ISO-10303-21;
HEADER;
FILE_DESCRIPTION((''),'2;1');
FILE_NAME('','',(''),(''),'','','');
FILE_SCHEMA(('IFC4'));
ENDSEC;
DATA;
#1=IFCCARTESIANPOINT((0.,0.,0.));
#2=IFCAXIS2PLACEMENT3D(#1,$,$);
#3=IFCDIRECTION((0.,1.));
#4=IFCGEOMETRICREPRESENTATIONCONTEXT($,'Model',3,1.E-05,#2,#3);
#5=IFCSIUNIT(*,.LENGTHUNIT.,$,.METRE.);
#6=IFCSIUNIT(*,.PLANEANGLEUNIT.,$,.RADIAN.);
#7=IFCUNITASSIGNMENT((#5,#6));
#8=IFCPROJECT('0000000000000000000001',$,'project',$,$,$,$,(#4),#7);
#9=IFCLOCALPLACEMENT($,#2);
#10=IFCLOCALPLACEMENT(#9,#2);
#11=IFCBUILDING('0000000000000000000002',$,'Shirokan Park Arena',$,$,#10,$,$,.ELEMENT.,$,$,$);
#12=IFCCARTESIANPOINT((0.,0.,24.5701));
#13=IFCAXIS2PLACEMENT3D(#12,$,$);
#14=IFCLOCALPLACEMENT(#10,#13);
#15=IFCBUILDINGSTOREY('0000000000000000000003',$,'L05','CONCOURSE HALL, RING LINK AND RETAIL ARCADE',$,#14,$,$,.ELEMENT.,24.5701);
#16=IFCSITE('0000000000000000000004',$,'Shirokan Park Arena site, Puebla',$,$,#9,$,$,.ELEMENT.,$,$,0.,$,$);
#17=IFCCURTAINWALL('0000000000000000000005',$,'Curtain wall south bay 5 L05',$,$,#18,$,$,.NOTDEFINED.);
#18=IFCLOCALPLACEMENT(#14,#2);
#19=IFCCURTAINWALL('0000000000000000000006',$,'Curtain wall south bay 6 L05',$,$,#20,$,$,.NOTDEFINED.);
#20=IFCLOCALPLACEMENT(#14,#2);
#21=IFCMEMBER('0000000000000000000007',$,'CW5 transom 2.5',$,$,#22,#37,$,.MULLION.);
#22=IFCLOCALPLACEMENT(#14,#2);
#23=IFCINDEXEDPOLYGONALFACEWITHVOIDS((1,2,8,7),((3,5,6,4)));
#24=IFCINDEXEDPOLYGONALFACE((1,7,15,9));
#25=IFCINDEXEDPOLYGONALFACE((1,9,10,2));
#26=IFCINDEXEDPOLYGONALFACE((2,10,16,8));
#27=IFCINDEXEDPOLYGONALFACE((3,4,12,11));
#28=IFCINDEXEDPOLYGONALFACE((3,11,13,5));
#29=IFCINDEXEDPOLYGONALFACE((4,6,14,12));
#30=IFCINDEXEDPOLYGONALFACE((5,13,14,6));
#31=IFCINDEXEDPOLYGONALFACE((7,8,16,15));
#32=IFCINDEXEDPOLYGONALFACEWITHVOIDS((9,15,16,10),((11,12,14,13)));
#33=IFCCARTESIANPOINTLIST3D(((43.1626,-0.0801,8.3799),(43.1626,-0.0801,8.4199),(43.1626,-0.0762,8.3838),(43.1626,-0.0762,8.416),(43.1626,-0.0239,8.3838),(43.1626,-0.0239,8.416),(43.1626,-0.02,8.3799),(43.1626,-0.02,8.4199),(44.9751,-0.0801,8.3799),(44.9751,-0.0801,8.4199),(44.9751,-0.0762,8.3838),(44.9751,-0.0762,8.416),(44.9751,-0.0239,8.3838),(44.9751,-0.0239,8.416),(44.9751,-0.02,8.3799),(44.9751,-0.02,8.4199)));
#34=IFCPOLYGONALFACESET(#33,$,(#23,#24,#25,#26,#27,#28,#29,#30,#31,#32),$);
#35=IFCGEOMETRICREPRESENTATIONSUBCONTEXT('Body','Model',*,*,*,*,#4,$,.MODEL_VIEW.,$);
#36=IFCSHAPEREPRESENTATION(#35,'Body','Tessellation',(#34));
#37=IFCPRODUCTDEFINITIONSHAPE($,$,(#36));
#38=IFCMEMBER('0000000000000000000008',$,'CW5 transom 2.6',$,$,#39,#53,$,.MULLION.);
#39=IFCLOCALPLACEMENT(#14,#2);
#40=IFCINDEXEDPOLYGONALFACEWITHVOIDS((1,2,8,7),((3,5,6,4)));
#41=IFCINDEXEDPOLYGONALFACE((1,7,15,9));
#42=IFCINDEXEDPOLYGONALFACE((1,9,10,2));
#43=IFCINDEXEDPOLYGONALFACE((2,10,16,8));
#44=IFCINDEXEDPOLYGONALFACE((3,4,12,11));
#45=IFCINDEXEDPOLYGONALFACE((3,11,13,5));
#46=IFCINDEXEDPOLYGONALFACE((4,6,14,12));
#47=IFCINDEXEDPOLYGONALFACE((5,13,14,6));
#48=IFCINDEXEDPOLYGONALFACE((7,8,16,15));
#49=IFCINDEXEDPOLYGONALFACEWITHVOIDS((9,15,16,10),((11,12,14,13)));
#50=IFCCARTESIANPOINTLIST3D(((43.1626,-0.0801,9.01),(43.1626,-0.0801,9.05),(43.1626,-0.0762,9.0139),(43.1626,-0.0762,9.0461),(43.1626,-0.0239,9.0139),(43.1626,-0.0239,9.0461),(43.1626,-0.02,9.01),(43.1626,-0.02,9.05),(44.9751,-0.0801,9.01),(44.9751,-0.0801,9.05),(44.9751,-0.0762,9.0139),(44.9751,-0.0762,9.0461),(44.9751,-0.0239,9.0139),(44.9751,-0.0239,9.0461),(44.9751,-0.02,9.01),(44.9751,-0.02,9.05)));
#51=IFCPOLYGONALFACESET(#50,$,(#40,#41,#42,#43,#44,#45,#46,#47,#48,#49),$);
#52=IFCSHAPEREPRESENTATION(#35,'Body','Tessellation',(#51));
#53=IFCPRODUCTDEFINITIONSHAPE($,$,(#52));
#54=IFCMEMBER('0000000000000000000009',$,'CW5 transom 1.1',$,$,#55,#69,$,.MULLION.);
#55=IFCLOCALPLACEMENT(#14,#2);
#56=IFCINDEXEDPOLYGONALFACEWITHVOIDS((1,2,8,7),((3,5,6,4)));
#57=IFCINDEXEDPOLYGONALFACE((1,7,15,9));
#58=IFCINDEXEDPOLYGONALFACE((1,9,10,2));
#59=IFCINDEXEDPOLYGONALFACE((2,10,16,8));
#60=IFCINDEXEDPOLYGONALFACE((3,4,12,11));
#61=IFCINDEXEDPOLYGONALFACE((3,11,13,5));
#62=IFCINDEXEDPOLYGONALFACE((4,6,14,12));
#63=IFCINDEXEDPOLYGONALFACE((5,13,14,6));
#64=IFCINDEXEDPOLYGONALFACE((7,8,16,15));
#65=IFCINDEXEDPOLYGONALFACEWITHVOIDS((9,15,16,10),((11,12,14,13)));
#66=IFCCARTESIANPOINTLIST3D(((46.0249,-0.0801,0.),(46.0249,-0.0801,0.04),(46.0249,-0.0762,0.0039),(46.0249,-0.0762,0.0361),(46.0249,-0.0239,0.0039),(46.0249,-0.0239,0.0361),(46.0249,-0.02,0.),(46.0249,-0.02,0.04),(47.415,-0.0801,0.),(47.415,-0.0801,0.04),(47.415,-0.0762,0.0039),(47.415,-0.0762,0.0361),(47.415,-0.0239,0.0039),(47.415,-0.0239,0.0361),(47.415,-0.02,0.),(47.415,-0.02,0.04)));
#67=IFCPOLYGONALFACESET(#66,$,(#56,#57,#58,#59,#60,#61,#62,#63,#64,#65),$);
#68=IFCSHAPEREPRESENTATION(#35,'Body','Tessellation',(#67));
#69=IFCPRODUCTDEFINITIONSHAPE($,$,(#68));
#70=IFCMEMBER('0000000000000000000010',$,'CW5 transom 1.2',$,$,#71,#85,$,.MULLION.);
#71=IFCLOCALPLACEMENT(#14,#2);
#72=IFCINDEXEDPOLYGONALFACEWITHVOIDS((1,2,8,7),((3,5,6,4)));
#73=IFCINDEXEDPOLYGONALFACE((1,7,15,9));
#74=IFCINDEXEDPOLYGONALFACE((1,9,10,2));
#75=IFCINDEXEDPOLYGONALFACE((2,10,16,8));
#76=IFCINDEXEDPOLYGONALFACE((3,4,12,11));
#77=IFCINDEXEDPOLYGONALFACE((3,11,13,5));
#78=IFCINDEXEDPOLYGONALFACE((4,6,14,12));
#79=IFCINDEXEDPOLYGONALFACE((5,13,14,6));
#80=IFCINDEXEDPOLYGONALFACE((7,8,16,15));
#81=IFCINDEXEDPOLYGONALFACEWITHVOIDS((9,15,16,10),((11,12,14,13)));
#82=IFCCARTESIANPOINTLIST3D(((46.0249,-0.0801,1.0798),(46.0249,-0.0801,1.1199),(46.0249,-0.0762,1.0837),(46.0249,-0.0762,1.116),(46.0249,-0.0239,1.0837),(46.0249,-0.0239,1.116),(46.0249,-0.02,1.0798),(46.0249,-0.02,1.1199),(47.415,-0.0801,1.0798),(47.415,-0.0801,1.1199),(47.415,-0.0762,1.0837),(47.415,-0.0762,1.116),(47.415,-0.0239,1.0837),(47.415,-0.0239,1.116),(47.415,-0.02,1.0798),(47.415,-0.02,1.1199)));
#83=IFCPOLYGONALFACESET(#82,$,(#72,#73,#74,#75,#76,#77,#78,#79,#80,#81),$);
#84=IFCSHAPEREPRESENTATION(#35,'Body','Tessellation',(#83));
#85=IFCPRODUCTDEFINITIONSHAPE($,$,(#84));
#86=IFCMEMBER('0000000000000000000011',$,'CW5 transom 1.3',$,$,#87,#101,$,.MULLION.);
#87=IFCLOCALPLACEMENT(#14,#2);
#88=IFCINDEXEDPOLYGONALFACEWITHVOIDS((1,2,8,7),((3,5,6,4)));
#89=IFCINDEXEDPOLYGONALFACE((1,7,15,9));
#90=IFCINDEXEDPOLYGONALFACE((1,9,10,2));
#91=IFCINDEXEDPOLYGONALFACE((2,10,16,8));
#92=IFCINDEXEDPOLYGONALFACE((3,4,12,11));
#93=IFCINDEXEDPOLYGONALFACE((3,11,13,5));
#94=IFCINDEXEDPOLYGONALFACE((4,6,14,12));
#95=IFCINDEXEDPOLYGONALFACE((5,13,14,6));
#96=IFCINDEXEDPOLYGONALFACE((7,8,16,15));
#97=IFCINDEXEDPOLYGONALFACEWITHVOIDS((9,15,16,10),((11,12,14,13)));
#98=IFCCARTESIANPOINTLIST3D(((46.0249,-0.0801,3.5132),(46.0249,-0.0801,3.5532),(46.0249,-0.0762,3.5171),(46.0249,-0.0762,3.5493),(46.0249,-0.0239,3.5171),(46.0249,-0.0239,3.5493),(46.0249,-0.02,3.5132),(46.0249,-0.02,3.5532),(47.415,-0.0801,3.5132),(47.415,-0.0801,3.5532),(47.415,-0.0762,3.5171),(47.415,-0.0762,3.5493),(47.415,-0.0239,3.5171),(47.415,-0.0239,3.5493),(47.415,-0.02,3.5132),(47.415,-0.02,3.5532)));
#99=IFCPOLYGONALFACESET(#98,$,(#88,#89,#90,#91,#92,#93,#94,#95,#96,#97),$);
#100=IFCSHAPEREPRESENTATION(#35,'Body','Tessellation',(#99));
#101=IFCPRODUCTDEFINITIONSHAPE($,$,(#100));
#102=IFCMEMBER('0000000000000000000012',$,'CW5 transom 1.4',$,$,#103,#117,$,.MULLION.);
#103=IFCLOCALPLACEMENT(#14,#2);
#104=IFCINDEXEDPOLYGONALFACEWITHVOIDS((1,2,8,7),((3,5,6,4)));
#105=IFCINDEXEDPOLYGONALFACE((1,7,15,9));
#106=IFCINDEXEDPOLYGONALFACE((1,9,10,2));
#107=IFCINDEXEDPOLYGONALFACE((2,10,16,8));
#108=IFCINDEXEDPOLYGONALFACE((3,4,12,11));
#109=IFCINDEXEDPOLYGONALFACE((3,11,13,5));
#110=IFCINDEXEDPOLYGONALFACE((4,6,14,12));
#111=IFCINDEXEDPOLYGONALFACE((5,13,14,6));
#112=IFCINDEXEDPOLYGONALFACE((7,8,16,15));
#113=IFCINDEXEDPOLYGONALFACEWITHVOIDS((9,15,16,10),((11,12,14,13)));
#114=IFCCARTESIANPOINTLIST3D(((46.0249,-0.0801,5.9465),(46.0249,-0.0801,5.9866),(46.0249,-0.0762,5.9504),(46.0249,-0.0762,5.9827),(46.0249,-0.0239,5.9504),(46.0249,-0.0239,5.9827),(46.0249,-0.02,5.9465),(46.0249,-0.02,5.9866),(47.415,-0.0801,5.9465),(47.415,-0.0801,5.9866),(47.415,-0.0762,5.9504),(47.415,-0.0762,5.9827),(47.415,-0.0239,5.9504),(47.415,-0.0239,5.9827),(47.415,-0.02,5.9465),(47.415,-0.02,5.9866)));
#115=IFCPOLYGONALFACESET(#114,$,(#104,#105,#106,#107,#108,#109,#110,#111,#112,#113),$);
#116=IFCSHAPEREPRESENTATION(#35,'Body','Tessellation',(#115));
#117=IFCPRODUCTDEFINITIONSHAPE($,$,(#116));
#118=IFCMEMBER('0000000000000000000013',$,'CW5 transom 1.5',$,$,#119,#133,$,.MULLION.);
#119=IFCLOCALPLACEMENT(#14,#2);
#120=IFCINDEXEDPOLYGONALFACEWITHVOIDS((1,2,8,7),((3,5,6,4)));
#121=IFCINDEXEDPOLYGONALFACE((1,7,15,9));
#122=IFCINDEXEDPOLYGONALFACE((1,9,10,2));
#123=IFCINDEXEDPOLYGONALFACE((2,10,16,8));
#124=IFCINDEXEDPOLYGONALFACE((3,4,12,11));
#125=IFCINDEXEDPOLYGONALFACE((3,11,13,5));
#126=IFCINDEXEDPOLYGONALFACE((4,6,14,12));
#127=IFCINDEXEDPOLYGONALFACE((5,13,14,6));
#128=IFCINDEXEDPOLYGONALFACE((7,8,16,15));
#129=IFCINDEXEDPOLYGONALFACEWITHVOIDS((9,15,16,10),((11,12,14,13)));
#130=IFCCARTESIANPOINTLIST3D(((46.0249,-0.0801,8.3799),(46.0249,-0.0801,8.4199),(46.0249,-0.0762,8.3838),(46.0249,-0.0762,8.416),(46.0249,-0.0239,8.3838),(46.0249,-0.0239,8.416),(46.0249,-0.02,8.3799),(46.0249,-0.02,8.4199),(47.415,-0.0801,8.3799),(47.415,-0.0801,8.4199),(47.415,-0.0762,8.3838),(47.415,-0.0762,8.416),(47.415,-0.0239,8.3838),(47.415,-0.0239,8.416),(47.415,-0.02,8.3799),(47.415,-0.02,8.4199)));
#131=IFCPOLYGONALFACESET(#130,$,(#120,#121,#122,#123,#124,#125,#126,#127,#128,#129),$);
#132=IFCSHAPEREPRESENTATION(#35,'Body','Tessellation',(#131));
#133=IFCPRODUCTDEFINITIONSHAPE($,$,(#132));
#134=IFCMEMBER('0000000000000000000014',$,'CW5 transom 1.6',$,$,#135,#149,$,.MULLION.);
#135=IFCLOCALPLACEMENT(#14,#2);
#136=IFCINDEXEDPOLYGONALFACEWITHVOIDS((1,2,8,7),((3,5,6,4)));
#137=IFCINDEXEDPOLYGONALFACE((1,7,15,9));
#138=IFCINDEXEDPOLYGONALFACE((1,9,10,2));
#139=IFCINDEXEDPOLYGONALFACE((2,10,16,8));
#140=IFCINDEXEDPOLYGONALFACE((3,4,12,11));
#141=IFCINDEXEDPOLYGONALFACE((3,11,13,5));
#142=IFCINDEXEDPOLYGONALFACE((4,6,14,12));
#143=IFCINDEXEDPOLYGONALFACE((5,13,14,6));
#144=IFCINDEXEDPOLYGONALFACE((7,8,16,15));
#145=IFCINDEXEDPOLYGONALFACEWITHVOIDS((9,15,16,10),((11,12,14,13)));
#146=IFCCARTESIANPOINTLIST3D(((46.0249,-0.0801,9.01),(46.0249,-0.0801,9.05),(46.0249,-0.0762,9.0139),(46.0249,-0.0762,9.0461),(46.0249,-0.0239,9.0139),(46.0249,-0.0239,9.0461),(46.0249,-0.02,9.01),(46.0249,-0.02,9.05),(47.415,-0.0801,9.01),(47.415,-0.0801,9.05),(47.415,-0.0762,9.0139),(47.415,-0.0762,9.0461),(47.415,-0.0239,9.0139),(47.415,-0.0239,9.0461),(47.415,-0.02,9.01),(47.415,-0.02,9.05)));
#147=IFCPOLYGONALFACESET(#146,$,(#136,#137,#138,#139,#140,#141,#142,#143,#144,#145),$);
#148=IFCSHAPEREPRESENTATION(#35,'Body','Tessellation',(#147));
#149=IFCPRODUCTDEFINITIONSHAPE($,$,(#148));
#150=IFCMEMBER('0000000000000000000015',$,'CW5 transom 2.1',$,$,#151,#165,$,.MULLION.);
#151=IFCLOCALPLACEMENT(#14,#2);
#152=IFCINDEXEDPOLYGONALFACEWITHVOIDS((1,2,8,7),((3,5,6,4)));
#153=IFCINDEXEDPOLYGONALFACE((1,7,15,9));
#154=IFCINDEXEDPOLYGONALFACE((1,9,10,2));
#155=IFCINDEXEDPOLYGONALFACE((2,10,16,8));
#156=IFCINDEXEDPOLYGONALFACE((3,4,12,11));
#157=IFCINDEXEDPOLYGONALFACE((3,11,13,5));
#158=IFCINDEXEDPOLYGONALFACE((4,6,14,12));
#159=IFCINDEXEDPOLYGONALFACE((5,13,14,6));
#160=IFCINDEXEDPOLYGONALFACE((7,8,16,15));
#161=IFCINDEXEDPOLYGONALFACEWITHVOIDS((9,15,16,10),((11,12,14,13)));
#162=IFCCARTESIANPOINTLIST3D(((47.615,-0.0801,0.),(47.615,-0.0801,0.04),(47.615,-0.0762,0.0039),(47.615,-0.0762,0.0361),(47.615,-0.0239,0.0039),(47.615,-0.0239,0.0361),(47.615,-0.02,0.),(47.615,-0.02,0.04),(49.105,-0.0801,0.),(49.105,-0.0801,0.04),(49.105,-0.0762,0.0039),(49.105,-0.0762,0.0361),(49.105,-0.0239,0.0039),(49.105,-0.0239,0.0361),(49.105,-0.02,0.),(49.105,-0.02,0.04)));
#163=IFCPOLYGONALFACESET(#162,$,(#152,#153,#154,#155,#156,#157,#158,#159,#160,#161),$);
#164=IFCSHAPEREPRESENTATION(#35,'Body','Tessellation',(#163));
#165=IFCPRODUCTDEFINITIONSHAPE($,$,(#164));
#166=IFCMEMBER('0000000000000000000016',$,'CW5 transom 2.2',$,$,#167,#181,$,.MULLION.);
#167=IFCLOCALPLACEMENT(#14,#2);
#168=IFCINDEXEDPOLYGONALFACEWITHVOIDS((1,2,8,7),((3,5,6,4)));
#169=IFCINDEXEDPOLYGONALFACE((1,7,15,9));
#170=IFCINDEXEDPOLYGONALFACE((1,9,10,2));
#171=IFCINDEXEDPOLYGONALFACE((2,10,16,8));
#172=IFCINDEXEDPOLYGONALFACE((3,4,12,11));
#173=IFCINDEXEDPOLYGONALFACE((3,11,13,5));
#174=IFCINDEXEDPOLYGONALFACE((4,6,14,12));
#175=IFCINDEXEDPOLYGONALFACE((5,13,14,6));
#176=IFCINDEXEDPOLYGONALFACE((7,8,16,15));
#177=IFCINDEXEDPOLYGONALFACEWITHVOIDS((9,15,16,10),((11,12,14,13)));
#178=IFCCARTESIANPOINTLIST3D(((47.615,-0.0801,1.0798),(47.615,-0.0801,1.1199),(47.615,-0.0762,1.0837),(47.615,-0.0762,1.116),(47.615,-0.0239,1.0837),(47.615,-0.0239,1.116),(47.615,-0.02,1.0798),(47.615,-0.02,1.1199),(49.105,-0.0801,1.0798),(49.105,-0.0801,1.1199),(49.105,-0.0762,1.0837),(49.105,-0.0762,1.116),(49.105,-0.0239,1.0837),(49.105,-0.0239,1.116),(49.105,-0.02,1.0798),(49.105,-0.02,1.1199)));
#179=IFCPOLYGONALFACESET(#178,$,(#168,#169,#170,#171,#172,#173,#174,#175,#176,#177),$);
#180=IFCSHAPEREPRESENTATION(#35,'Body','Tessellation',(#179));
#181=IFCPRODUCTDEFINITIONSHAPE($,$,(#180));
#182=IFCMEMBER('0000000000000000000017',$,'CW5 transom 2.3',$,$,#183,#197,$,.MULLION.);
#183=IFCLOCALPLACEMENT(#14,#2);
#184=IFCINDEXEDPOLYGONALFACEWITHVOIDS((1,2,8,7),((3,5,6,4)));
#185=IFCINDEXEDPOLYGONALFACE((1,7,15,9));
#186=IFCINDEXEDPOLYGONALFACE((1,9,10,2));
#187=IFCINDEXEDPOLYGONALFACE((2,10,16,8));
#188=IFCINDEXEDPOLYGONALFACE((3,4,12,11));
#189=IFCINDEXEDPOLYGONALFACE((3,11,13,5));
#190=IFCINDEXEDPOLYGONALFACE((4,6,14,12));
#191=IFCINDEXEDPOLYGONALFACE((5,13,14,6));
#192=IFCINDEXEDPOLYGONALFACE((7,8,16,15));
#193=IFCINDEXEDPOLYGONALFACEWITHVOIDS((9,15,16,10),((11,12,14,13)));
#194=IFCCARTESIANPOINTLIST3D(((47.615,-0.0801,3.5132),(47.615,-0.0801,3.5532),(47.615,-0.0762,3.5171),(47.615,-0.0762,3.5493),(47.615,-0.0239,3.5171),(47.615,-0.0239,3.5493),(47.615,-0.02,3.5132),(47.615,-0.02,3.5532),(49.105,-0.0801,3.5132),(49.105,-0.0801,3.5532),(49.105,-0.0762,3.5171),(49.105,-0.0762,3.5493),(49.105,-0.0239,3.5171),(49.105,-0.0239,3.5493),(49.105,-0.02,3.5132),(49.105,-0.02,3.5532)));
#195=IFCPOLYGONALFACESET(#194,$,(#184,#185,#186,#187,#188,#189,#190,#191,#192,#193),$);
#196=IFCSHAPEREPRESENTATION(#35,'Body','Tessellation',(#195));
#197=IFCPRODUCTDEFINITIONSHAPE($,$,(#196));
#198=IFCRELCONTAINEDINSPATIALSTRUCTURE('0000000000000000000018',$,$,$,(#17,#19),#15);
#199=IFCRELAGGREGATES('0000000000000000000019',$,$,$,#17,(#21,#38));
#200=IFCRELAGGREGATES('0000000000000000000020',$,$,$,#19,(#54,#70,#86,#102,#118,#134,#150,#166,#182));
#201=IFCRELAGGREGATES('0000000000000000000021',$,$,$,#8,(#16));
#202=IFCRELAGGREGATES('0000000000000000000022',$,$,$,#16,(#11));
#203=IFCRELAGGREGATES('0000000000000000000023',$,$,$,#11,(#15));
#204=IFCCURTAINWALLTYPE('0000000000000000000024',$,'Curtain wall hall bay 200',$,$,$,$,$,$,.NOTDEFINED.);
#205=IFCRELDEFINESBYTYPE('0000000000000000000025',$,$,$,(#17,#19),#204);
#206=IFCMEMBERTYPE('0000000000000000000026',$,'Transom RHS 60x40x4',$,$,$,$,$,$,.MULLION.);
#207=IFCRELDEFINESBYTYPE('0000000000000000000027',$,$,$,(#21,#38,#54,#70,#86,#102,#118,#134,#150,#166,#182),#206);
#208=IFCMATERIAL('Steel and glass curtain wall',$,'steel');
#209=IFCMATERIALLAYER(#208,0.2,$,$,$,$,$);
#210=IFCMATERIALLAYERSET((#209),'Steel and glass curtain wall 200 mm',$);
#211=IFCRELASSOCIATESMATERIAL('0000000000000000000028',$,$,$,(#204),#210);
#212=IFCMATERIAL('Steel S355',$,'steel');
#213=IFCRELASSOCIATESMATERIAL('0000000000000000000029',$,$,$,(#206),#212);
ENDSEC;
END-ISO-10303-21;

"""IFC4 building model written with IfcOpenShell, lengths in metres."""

from ifc_helpers import new_model, si_unit, direction, frame, origin, origin_2d, place, context, subcontext, project, spatial, hollow_rectangle, extrude, material, layer, layer_set, material_profile, profile_set, type_object, element, aggregate, save


model = new_model("IFC4")

# Units and contexts
model_context = context("Model", 3, precision=1e-05, world=origin(), true_north=direction((0.0, 1.0)))
body_context = subcontext(model_context, "Body", "Model", "MODEL_VIEW")
ifc_project = project(units=[si_unit("LENGTHUNIT", "METRE"), si_unit("PLANEANGLEUNIT", "RADIAN")], contexts=[model_context])

# Site, building, storey
site_placement = place(None, origin())
site = spatial("IfcSite", under=ifc_project, at=site_placement, Name="Shirokan Park Arena site, Puebla", CompositionType="ELEMENT", RefElevation=0.0)
building_placement = place(site_placement, origin())
building = spatial("IfcBuilding", under=site, at=building_placement, Name="Shirokan Park Arena", CompositionType="ELEMENT")
storey_placement = place(building_placement, frame((0.0, 0.0, 24.5701)))
storey = spatial("IfcBuildingStorey", under=building, at=storey_placement, Name="L05", Description="CONCOURSE HALL, RING LINK AND RETAIL ARCADE", CompositionType="ELEMENT", Elevation=24.5701)

# Curtain walls
ifc_material_1 = material(Name="Steel and glass curtain wall", Category="steel")
ifc_layer_1 = layer(ifc_material_1, 0.2)
ifc_layer_set_1 = layer_set([ifc_layer_1], Name="Steel and glass curtain wall 200 mm")
curtain_wall_type = type_object("IfcCurtainWallType", Name="Curtain wall hall bay 200", PredefinedType="NOTDEFINED", material=ifc_layer_set_1)
curtain_wall_1_placement = place(storey_placement, origin())
curtain_wall_1 = element("IfcCurtainWall", 1, at=curtain_wall_1_placement, inside=storey, type_object=curtain_wall_type, Name="Curtain wall south bay 5 L05", PredefinedType="NOTDEFINED")
ifc_material_2 = material(Name="Steel S355", Category="steel")
curtain_wall_2_placement = place(storey_placement, origin())
curtain_wall_2 = element("IfcCurtainWall", 2, at=curtain_wall_2_placement, inside=storey, type_object=curtain_wall_type, Name="Curtain wall south bay 6 L05", PredefinedType="NOTDEFINED")

# Members
ifc_material_profile_1 = material_profile(ifc_material_2, hollow_rectangle(XDim=0.0601, YDim=0.04, WallThickness=0.0039, at=origin_2d()), Name="RHS 60x40x4")
ifc_profile_set_1 = profile_set([ifc_material_profile_1], Name="Steel S355")
member_type_1 = type_object("IfcMemberType", Name="Transom RHS 60x40x4", PredefinedType="MULLION", material=ifc_profile_set_1)
member_1_placement = place(storey_placement, frame((43.1626, -0.05, 8.3999), z_axis=(1.0, 0.0, 0.0), x_axis=(0.0, 1.0, 0.0)))
member_1 = element("IfcMember", 3, at=member_1_placement, type_object=member_type_1, Name="CW5 transom 2.5", PredefinedType="MULLION", context=body_context, shape_type="SweptSolid", body=[
    extrude(hollow_rectangle(XDim=0.0601, YDim=0.04, WallThickness=0.0039, at=origin_2d()), origin(), (0.0, 0.0, 1.0), 1.8125),
])
member_2_placement = place(storey_placement, frame((43.1626, -0.05, 9.03), z_axis=(1.0, 0.0, 0.0), x_axis=(0.0, 1.0, 0.0)))
member_2 = element("IfcMember", 4, at=member_2_placement, type_object=member_type_1, Name="CW5 transom 2.6", PredefinedType="MULLION", context=body_context, shape_type="SweptSolid", body=[
    extrude(hollow_rectangle(XDim=0.0601, YDim=0.04, WallThickness=0.0039, at=origin_2d()), origin(), (0.0, 0.0, 1.0), 1.8125),
])
member_3_placement = place(storey_placement, frame((46.0249, -0.05, 0.02), z_axis=(1.0, 0.0, 0.0), x_axis=(0.0, 1.0, 0.0)))
member_3 = element("IfcMember", 5, at=member_3_placement, type_object=member_type_1, Name="CW5 transom 1.1", PredefinedType="MULLION", context=body_context, shape_type="SweptSolid", body=[
    extrude(hollow_rectangle(XDim=0.0601, YDim=0.04, WallThickness=0.0039, at=origin_2d()), origin(), (0.0, 0.0, 1.0), 1.3901),
])
member_4_placement = place(storey_placement, frame((46.0249, -0.05, 1.0999), z_axis=(1.0, 0.0, 0.0), x_axis=(0.0, 1.0, 0.0)))
member_4 = element("IfcMember", 6, at=member_4_placement, type_object=member_type_1, Name="CW5 transom 1.2", PredefinedType="MULLION", context=body_context, shape_type="SweptSolid", body=[
    extrude(hollow_rectangle(XDim=0.0601, YDim=0.04, WallThickness=0.0039, at=origin_2d()), origin(), (0.0, 0.0, 1.0), 1.3901),
])
member_5_placement = place(storey_placement, frame((46.0249, -0.05, 3.5332), z_axis=(1.0, 0.0, 0.0), x_axis=(0.0, 1.0, 0.0)))
member_5 = element("IfcMember", 7, at=member_5_placement, type_object=member_type_1, Name="CW5 transom 1.3", PredefinedType="MULLION", context=body_context, shape_type="SweptSolid", body=[
    extrude(hollow_rectangle(XDim=0.0601, YDim=0.04, WallThickness=0.0039, at=origin_2d()), origin(), (0.0, 0.0, 1.0), 1.3901),
])
member_6_placement = place(storey_placement, frame((46.0249, -0.05, 5.9666), z_axis=(1.0, 0.0, 0.0), x_axis=(0.0, 1.0, 0.0)))
member_6 = element("IfcMember", 8, at=member_6_placement, type_object=member_type_1, Name="CW5 transom 1.4", PredefinedType="MULLION", context=body_context, shape_type="SweptSolid", body=[
    extrude(hollow_rectangle(XDim=0.0601, YDim=0.04, WallThickness=0.0039, at=origin_2d()), origin(), (0.0, 0.0, 1.0), 1.3901),
])
member_7_placement = place(storey_placement, frame((46.0249, -0.05, 8.3999), z_axis=(1.0, 0.0, 0.0), x_axis=(0.0, 1.0, 0.0)))
member_7 = element("IfcMember", 9, at=member_7_placement, type_object=member_type_1, Name="CW5 transom 1.5", PredefinedType="MULLION", context=body_context, shape_type="SweptSolid", body=[
    extrude(hollow_rectangle(XDim=0.0601, YDim=0.04, WallThickness=0.0039, at=origin_2d()), origin(), (0.0, 0.0, 1.0), 1.3901),
])
member_8_placement = place(storey_placement, frame((46.0249, -0.05, 9.03), z_axis=(1.0, 0.0, 0.0), x_axis=(0.0, 1.0, 0.0)))
member_8 = element("IfcMember", 10, at=member_8_placement, type_object=member_type_1, Name="CW5 transom 1.6", PredefinedType="MULLION", context=body_context, shape_type="SweptSolid", body=[
    extrude(hollow_rectangle(XDim=0.0601, YDim=0.04, WallThickness=0.0039, at=origin_2d()), origin(), (0.0, 0.0, 1.0), 1.3901),
])
member_9_placement = place(storey_placement, frame((47.615, -0.05, 0.02), z_axis=(1.0, 0.0, 0.0), x_axis=(0.0, 1.0, 0.0)))
member_9 = element("IfcMember", 11, at=member_9_placement, type_object=member_type_1, Name="CW5 transom 2.1", PredefinedType="MULLION", context=body_context, shape_type="SweptSolid", body=[
    extrude(hollow_rectangle(XDim=0.0601, YDim=0.04, WallThickness=0.0039, at=origin_2d()), origin(), (0.0, 0.0, 1.0), 1.49),
])
member_10_placement = place(storey_placement, frame((47.615, -0.05, 1.0999), z_axis=(1.0, 0.0, 0.0), x_axis=(0.0, 1.0, 0.0)))
member_10 = element("IfcMember", 12, at=member_10_placement, type_object=member_type_1, Name="CW5 transom 2.2", PredefinedType="MULLION", context=body_context, shape_type="SweptSolid", body=[
    extrude(hollow_rectangle(XDim=0.0601, YDim=0.04, WallThickness=0.0039, at=origin_2d()), origin(), (0.0, 0.0, 1.0), 1.49),
])
member_11_placement = place(storey_placement, frame((47.615, -0.05, 3.5332), z_axis=(1.0, 0.0, 0.0), x_axis=(0.0, 1.0, 0.0)))
member_11 = element("IfcMember", 13, at=member_11_placement, type_object=member_type_1, Name="CW5 transom 2.3", PredefinedType="MULLION", context=body_context, shape_type="SweptSolid", body=[
    extrude(hollow_rectangle(XDim=0.0601, YDim=0.04, WallThickness=0.0039, at=origin_2d()), origin(), (0.0, 0.0, 1.0), 1.49),
])

aggregate(curtain_wall_1, [member_1, member_2])
aggregate(curtain_wall_2, [member_3, member_4, member_5, member_6, member_7, member_8, member_9, member_10, member_11])

save(model, "model.ifc")
